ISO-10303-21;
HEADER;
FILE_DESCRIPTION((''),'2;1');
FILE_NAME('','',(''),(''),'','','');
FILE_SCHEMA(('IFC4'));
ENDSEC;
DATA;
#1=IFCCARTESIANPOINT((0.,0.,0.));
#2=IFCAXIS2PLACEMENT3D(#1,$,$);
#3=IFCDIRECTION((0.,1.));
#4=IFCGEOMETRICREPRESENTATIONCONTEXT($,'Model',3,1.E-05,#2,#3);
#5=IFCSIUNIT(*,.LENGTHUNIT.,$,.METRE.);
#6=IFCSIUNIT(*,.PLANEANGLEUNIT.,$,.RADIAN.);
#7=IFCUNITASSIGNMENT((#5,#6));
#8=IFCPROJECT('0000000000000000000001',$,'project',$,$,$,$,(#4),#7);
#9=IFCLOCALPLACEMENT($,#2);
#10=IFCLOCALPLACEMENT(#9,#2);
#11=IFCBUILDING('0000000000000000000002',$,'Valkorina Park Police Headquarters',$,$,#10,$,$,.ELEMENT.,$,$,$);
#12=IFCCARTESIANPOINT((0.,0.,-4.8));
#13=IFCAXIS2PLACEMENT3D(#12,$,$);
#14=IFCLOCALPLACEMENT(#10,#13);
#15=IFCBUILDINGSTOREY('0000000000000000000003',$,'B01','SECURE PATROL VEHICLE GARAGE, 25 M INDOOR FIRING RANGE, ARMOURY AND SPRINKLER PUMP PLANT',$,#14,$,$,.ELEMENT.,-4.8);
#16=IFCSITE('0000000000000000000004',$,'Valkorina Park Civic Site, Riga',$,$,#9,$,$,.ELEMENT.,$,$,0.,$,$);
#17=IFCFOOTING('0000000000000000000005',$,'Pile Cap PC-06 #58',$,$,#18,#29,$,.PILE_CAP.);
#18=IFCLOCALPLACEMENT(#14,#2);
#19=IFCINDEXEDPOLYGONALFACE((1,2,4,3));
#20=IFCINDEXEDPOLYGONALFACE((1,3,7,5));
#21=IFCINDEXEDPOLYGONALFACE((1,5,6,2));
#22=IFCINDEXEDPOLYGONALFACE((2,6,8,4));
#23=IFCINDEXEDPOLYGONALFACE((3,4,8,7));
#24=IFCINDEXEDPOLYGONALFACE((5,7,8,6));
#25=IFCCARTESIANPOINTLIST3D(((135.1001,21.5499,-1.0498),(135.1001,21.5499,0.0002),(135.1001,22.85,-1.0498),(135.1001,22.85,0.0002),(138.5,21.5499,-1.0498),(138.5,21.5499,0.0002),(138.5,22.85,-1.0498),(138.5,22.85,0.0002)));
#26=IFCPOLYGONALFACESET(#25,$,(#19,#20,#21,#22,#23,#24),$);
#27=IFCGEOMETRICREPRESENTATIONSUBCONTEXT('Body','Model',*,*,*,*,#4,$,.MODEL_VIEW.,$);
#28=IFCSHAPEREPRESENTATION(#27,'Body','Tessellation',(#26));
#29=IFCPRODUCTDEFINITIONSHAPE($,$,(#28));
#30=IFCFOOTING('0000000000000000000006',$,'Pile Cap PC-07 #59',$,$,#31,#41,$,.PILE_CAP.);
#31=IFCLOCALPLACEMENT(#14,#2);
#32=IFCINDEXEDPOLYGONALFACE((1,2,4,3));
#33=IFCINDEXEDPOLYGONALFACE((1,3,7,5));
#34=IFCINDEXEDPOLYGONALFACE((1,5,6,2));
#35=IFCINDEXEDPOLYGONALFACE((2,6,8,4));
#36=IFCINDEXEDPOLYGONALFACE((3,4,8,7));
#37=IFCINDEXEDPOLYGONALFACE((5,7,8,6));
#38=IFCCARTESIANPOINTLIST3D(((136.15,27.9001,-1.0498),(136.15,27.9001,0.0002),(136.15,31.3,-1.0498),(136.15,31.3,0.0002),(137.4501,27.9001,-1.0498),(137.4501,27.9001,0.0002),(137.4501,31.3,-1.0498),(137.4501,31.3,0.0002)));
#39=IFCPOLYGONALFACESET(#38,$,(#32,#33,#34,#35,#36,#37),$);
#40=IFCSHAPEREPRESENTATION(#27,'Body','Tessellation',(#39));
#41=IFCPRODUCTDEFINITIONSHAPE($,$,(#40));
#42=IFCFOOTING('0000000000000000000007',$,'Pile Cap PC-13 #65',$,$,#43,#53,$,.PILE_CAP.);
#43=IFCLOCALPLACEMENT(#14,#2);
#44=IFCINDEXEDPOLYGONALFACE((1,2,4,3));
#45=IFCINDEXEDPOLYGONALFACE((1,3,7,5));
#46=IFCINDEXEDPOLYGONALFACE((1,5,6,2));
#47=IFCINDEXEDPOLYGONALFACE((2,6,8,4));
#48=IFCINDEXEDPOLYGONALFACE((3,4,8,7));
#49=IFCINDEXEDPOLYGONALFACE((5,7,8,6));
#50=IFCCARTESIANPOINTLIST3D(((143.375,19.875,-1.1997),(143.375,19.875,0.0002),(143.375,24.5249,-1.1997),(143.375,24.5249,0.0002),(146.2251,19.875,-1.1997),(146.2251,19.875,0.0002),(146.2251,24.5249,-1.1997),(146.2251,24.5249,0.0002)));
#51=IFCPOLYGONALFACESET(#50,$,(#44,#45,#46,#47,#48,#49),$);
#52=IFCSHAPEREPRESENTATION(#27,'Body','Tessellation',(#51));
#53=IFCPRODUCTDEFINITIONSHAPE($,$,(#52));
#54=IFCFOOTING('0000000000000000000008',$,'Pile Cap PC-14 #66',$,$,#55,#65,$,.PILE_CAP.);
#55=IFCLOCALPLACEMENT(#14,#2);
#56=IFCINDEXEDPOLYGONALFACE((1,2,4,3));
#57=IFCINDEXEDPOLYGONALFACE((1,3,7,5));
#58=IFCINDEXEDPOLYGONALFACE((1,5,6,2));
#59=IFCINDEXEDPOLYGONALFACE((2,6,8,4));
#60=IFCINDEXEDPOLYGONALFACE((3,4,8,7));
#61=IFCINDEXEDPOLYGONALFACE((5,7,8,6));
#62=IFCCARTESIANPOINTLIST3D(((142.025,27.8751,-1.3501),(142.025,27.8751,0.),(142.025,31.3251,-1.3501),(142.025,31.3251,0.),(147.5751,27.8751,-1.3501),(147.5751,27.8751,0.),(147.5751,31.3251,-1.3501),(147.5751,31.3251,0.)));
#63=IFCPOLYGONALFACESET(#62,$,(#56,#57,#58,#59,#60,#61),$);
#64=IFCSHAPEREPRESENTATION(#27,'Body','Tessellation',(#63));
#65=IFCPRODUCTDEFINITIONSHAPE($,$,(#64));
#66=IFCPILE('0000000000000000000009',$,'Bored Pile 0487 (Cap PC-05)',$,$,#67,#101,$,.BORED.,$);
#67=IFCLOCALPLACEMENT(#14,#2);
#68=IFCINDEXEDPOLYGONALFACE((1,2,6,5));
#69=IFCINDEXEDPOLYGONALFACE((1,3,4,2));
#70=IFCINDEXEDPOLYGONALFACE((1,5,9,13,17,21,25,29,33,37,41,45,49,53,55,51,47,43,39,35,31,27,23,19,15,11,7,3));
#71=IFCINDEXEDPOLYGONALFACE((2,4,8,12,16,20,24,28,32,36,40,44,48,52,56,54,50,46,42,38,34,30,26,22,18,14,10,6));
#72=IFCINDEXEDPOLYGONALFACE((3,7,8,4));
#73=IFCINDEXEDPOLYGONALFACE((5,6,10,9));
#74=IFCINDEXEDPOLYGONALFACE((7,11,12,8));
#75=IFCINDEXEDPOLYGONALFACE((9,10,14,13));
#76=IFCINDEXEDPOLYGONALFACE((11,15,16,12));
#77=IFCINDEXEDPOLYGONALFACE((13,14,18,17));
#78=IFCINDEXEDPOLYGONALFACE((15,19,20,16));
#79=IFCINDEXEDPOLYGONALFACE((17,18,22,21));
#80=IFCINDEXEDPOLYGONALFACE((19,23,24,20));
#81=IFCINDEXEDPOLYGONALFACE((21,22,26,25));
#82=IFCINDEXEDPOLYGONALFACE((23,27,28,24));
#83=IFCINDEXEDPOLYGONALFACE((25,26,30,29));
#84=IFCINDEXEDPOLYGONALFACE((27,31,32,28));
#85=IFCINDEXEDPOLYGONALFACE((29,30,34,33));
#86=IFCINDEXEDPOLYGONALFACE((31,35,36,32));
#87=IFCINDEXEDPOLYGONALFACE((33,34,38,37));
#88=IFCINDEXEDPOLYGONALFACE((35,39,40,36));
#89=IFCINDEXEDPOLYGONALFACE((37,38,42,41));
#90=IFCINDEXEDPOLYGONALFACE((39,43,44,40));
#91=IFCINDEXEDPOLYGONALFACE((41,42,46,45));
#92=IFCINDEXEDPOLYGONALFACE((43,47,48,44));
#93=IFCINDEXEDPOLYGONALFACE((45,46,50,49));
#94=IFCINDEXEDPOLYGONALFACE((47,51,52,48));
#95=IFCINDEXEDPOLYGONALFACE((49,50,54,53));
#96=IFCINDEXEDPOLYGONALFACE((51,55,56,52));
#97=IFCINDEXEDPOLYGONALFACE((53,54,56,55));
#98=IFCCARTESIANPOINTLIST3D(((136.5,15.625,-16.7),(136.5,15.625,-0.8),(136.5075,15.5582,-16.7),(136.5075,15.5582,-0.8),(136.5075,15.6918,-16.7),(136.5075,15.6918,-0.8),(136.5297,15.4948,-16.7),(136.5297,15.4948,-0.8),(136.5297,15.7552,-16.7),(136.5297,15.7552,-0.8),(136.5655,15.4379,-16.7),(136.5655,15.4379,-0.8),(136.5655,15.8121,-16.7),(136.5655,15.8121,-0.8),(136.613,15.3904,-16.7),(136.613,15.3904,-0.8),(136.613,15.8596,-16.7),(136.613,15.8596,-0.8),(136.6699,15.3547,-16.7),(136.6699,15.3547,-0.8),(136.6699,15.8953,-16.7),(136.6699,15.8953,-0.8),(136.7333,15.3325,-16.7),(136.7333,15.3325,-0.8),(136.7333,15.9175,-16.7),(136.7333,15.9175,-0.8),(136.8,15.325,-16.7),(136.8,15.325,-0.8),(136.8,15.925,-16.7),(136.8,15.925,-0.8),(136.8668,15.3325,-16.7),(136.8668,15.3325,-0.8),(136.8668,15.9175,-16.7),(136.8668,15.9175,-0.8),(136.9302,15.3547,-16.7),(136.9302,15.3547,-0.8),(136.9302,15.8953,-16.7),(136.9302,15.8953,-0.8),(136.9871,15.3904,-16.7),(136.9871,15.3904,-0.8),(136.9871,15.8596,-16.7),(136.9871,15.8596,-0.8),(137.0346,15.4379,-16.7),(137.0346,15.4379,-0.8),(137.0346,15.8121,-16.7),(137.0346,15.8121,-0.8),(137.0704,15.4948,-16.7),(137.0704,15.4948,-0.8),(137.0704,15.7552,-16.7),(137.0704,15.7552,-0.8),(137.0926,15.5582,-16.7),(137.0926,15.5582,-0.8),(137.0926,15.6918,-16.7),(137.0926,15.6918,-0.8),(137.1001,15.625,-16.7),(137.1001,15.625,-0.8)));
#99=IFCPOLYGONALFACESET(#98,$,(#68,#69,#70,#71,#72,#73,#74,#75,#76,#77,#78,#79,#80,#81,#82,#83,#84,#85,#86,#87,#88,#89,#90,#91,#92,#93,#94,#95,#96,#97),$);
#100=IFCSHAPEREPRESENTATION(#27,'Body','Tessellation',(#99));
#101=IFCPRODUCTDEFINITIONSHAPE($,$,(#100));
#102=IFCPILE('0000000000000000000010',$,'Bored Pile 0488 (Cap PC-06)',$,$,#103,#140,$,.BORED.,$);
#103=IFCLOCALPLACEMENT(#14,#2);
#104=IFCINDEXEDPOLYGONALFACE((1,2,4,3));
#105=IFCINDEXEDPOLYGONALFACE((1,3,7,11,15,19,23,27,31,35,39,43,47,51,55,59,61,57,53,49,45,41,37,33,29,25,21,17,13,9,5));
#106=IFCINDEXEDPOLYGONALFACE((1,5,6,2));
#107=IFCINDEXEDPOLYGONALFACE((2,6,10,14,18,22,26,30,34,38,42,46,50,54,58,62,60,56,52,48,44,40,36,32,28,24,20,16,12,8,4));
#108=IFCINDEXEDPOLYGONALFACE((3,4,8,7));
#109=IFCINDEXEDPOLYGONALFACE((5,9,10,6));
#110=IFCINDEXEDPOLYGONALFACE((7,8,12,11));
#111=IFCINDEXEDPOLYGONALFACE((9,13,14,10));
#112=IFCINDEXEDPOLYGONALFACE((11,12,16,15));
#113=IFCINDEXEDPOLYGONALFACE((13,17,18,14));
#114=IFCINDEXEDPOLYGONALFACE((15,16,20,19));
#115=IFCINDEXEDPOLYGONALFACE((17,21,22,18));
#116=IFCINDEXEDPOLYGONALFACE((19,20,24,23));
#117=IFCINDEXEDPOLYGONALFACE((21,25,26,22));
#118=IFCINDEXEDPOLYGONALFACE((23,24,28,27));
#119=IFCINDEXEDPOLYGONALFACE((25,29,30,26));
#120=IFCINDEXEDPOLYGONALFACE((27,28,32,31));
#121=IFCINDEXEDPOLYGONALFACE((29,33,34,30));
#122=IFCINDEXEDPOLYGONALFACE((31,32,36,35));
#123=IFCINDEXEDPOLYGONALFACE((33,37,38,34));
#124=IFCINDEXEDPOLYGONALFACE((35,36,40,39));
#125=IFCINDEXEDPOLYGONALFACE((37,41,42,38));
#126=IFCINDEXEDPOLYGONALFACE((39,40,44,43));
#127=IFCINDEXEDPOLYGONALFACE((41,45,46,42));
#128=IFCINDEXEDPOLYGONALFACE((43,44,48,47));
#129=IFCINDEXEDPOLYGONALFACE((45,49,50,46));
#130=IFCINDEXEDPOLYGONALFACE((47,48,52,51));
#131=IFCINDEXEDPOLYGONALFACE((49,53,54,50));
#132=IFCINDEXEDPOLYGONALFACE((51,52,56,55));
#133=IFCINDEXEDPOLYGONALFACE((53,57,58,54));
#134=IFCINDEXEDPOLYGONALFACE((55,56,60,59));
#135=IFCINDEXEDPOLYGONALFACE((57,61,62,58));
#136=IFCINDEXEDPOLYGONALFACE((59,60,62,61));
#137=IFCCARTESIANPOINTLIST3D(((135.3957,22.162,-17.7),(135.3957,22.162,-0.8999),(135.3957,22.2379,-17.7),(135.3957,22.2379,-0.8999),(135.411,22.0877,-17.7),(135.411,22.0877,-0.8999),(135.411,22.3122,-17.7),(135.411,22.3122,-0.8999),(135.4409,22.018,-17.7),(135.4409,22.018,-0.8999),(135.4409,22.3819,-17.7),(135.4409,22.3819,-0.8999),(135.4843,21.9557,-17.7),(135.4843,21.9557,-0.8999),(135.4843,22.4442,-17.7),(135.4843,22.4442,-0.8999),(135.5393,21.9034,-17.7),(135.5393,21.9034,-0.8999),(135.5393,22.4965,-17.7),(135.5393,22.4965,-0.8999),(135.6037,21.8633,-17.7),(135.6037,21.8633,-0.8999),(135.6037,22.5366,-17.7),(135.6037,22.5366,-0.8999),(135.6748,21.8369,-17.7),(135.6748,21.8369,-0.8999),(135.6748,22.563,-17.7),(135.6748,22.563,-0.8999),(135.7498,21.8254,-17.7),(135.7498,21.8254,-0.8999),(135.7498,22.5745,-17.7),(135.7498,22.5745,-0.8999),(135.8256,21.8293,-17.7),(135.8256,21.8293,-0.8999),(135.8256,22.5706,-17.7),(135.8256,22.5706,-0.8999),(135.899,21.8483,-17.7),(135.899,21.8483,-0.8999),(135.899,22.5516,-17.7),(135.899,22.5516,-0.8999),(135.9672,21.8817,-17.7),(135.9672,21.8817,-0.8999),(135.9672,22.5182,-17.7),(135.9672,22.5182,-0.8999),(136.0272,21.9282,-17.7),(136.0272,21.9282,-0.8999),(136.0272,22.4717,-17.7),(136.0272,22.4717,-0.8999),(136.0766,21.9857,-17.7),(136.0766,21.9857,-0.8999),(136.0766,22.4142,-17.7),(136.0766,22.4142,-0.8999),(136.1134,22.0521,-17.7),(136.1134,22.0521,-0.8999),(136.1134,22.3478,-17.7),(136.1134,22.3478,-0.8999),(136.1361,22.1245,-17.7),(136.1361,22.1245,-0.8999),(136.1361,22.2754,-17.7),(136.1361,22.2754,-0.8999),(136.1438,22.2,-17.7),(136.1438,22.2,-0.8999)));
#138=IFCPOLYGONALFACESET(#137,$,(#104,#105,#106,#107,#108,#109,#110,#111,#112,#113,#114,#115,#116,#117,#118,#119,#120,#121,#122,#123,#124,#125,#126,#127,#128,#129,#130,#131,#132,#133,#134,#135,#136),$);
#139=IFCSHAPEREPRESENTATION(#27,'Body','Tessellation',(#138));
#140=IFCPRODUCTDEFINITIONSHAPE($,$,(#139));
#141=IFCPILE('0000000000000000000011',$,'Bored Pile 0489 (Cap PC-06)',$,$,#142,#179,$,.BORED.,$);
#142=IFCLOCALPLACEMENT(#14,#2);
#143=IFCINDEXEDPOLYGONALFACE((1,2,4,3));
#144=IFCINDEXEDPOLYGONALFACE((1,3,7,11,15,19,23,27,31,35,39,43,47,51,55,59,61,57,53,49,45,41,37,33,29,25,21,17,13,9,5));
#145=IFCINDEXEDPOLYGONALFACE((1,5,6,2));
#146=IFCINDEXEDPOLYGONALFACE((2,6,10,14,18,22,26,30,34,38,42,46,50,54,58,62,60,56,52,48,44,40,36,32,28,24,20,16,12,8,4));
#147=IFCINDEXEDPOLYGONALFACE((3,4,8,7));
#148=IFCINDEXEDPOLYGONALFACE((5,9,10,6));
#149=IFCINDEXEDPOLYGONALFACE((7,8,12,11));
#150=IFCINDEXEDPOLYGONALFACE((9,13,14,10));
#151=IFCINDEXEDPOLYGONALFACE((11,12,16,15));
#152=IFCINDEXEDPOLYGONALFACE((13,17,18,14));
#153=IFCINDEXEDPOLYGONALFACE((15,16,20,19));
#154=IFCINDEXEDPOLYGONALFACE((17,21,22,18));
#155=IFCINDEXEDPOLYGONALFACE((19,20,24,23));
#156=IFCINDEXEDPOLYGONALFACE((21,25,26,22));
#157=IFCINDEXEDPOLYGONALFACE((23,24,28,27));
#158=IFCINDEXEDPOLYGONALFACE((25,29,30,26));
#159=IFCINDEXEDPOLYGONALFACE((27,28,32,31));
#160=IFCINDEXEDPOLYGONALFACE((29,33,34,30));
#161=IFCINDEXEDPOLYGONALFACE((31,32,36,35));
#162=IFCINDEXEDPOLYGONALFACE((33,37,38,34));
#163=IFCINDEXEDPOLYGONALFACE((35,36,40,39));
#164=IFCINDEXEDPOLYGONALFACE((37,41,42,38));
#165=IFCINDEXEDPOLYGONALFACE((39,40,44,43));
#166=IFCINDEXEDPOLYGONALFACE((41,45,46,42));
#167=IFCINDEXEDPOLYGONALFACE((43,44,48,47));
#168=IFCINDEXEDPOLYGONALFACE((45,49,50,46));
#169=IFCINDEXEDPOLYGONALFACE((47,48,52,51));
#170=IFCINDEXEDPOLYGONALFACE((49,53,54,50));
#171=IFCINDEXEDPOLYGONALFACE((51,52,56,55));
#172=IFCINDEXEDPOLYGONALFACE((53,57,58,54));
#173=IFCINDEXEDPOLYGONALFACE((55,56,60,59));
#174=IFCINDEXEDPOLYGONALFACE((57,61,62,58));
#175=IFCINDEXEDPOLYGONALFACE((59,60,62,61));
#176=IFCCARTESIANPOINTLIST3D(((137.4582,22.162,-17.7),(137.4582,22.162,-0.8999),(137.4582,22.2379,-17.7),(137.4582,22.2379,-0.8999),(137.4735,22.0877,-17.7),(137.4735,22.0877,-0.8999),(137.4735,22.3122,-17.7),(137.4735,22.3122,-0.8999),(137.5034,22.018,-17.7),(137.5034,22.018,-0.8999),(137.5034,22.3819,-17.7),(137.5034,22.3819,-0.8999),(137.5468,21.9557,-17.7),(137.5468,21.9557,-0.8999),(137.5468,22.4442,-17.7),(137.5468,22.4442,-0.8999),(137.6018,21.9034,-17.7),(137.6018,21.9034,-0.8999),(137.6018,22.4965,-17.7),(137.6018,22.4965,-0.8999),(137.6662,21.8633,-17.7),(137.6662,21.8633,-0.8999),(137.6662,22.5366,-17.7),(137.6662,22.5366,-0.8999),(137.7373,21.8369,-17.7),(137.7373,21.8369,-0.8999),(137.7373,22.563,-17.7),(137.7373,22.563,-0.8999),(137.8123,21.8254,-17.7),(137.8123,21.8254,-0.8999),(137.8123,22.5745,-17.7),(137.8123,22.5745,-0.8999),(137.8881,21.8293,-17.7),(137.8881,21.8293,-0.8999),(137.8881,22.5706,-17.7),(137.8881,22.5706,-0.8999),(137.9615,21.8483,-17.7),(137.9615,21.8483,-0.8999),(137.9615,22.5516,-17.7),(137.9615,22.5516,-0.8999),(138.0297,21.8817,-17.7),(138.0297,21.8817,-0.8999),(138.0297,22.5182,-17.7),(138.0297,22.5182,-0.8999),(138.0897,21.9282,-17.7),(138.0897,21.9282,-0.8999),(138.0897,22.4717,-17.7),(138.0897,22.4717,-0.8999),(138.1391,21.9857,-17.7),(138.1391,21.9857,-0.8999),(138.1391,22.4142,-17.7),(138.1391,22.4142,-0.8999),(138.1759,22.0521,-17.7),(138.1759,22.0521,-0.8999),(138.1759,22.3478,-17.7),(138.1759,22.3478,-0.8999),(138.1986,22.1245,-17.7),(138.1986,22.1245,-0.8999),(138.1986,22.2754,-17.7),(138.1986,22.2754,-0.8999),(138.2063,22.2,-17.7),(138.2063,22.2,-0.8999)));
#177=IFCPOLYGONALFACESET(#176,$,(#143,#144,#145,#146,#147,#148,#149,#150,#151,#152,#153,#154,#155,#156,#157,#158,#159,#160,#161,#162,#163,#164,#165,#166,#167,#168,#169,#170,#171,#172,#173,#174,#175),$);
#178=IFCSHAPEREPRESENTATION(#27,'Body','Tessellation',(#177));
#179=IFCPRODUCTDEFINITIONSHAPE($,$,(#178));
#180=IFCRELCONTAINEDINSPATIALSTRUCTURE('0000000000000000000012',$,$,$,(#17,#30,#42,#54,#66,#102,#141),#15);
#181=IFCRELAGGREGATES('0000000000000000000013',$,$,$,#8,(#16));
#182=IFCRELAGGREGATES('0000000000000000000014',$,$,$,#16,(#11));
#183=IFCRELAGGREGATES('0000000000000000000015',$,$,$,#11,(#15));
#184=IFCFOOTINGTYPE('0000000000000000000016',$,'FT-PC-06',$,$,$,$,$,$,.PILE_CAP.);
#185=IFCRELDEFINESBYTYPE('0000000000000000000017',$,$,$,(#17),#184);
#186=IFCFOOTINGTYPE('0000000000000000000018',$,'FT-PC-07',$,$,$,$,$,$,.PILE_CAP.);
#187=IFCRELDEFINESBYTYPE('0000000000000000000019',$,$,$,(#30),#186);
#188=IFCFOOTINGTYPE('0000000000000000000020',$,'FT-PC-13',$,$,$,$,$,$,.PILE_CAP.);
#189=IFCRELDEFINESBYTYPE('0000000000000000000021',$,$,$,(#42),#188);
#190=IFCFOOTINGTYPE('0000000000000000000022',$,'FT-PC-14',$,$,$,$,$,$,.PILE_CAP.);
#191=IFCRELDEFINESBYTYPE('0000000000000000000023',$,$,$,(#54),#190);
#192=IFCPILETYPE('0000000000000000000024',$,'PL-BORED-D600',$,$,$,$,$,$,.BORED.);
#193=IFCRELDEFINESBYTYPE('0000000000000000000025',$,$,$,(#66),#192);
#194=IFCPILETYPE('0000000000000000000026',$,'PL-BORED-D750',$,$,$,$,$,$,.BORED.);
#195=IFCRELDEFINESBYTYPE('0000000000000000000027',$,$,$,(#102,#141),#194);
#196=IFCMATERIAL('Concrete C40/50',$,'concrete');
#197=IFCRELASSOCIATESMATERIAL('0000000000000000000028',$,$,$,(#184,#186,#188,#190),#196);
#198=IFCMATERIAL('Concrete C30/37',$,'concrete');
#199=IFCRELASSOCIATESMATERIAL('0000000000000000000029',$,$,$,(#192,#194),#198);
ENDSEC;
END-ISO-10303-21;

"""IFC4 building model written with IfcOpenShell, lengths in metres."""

from ifc_helpers import new_model, si_unit, direction, frame, origin, origin_2d, place, context, subcontext, project, spatial, rectangle, circle, extrude, material, material_profile, profile_set, type_object, element, save


model = new_model("IFC4")

# Units and contexts
model_context = context("Model", 3, precision=1e-05, world=origin(), true_north=direction((0.0, 1.0)))
body_context = subcontext(model_context, "Body", "Model", "MODEL_VIEW")
ifc_project = project(units=[si_unit("LENGTHUNIT", "METRE"), si_unit("PLANEANGLEUNIT", "RADIAN")], contexts=[model_context])

# Site, building, storey
site_placement = place(None, origin())
site = spatial("IfcSite", under=ifc_project, at=site_placement, Name="Valkorina Park Civic Site, Riga", CompositionType="ELEMENT", RefElevation=0.0)
building_placement = place(site_placement, origin())
building = spatial("IfcBuilding", under=site, at=building_placement, Name="Valkorina Park Police Headquarters", CompositionType="ELEMENT")
storey_placement = place(building_placement, frame((0.0, 0.0, -4.8)))
storey = spatial("IfcBuildingStorey", under=building, at=storey_placement, Name="B01", Description="SECURE PATROL VEHICLE GARAGE, 25 M INDOOR FIRING RANGE, ARMOURY AND SPRINKLER PUMP PLANT", CompositionType="ELEMENT", Elevation=-4.8)

# Footings
ifc_material_1 = material(Name="Concrete C40/50", Category="concrete")
footing_type_1 = type_object("IfcFootingType", Name="FT-PC-06", PredefinedType="PILE_CAP", material=ifc_material_1)
footing_1_placement = place(storey_placement, frame((136.8, 22.2, -1.0498), z_axis=(0.0, 0.0, 1.0), x_axis=(1.0, 0.0, 0.0)))
element("IfcFooting", 1, at=footing_1_placement, inside=storey, type_object=footing_type_1, Name="Pile Cap PC-06 #58", PredefinedType="PILE_CAP", context=body_context, shape_type="SweptSolid", body=[
    extrude(rectangle(XDim=3.3999, YDim=1.3, at=origin_2d()), origin(), (0.0, 0.0, 1.0), 1.05),
])
footing_type_2 = type_object("IfcFootingType", Name="FT-PC-07", PredefinedType="PILE_CAP", material=ifc_material_1)
footing_2_placement = place(storey_placement, frame((136.8, 29.6001, -1.0498), z_axis=(0.0, 0.0, 1.0), x_axis=(1.0, 0.0, 0.0)))
element("IfcFooting", 2, at=footing_2_placement, inside=storey, type_object=footing_type_2, Name="Pile Cap PC-07 #59", PredefinedType="PILE_CAP", context=body_context, shape_type="SweptSolid", body=[
    extrude(rectangle(XDim=1.3, YDim=3.3999, at=origin_2d()), origin(), (0.0, 0.0, 1.0), 1.05),
])
footing_type_3 = type_object("IfcFootingType", Name="FT-PC-13", PredefinedType="PILE_CAP", material=ifc_material_1)
footing_3_placement = place(storey_placement, frame((144.8, 22.2, -1.1997), z_axis=(0.0, 0.0, 1.0), x_axis=(1.0, 0.0, 0.0)))
element("IfcFooting", 3, at=footing_3_placement, inside=storey, type_object=footing_type_3, Name="Pile Cap PC-13 #65", PredefinedType="PILE_CAP", context=body_context, shape_type="SweptSolid", body=[
    extrude(rectangle(XDim=2.8501, YDim=4.6499, at=origin_2d()), origin(), (0.0, 0.0, 1.0), 1.2),
])
footing_type_4 = type_object("IfcFootingType", Name="FT-PC-14", PredefinedType="PILE_CAP", material=ifc_material_1)
footing_4_placement = place(storey_placement, frame((144.8, 29.6001, -1.3501), z_axis=(0.0, 0.0, 1.0), x_axis=(1.0, 0.0, 0.0)))
element("IfcFooting", 4, at=footing_4_placement, inside=storey, type_object=footing_type_4, Name="Pile Cap PC-14 #66", PredefinedType="PILE_CAP", context=body_context, shape_type="SweptSolid", body=[
    extrude(rectangle(XDim=5.55, YDim=3.45, at=origin_2d()), origin(), (0.0, 0.0, 1.0), 1.3501),
])

# Piles
ifc_material_2 = material(Name="Concrete C30/37", Category="concrete")
ifc_material_profile_1 = material_profile(ifc_material_2, circle(Radius=0.3, at=origin_2d()), Name="BORED PILE D600")
ifc_profile_set_1 = profile_set([ifc_material_profile_1], Name="Concrete C30/37")
pile_type_1 = type_object("IfcPileType", Name="PL-BORED-D600", PredefinedType="BORED", material=ifc_profile_set_1)
pile_1_placement = place(storey_placement, frame((136.8, 15.625, -0.8), z_axis=(0.0, 0.0, -1.0), x_axis=(1.0, 0.0, 0.0)))
element("IfcPile", 5, at=pile_1_placement, inside=storey, type_object=pile_type_1, Name="Bored Pile 0487 (Cap PC-05)", PredefinedType="BORED", context=body_context, shape_type="SweptSolid", body=[
    extrude(circle(Radius=0.3, at=origin_2d()), origin(), (0.0, 0.0, 1.0), 15.8999),
])
ifc_material_profile_2 = material_profile(ifc_material_2, circle(Radius=0.375, at=origin_2d()), Name="BORED PILE D750")
ifc_profile_set_2 = profile_set([ifc_material_profile_2], Name="Concrete C30/37")
pile_type_2 = type_object("IfcPileType", Name="PL-BORED-D750", PredefinedType="BORED", material=ifc_profile_set_2)
for number, where, z_axis, x_axis, name in (
    (6, (135.7688, 22.2, -0.8999), (0.0, 0.0, -1.0), (1.0, 0.0, 0.0), "Bored Pile 0488 (Cap PC-06)"),
    (7, (137.8313, 22.2, -0.8999), (0.0, 0.0, -1.0), (1.0, 0.0, 0.0), "Bored Pile 0489 (Cap PC-06)"),
):
    element("IfcPile", number, at=place(storey_placement, frame(where, z_axis=z_axis, x_axis=x_axis)), inside=storey, type_object=pile_type_2, Name=name, PredefinedType="BORED", context=body_context, shape_type="SweptSolid", body=[
        extrude(circle(Radius=0.375, at=origin_2d()), origin(), (0.0, 0.0, 1.0), 16.8),
    ])

save(model, "model.ifc")
